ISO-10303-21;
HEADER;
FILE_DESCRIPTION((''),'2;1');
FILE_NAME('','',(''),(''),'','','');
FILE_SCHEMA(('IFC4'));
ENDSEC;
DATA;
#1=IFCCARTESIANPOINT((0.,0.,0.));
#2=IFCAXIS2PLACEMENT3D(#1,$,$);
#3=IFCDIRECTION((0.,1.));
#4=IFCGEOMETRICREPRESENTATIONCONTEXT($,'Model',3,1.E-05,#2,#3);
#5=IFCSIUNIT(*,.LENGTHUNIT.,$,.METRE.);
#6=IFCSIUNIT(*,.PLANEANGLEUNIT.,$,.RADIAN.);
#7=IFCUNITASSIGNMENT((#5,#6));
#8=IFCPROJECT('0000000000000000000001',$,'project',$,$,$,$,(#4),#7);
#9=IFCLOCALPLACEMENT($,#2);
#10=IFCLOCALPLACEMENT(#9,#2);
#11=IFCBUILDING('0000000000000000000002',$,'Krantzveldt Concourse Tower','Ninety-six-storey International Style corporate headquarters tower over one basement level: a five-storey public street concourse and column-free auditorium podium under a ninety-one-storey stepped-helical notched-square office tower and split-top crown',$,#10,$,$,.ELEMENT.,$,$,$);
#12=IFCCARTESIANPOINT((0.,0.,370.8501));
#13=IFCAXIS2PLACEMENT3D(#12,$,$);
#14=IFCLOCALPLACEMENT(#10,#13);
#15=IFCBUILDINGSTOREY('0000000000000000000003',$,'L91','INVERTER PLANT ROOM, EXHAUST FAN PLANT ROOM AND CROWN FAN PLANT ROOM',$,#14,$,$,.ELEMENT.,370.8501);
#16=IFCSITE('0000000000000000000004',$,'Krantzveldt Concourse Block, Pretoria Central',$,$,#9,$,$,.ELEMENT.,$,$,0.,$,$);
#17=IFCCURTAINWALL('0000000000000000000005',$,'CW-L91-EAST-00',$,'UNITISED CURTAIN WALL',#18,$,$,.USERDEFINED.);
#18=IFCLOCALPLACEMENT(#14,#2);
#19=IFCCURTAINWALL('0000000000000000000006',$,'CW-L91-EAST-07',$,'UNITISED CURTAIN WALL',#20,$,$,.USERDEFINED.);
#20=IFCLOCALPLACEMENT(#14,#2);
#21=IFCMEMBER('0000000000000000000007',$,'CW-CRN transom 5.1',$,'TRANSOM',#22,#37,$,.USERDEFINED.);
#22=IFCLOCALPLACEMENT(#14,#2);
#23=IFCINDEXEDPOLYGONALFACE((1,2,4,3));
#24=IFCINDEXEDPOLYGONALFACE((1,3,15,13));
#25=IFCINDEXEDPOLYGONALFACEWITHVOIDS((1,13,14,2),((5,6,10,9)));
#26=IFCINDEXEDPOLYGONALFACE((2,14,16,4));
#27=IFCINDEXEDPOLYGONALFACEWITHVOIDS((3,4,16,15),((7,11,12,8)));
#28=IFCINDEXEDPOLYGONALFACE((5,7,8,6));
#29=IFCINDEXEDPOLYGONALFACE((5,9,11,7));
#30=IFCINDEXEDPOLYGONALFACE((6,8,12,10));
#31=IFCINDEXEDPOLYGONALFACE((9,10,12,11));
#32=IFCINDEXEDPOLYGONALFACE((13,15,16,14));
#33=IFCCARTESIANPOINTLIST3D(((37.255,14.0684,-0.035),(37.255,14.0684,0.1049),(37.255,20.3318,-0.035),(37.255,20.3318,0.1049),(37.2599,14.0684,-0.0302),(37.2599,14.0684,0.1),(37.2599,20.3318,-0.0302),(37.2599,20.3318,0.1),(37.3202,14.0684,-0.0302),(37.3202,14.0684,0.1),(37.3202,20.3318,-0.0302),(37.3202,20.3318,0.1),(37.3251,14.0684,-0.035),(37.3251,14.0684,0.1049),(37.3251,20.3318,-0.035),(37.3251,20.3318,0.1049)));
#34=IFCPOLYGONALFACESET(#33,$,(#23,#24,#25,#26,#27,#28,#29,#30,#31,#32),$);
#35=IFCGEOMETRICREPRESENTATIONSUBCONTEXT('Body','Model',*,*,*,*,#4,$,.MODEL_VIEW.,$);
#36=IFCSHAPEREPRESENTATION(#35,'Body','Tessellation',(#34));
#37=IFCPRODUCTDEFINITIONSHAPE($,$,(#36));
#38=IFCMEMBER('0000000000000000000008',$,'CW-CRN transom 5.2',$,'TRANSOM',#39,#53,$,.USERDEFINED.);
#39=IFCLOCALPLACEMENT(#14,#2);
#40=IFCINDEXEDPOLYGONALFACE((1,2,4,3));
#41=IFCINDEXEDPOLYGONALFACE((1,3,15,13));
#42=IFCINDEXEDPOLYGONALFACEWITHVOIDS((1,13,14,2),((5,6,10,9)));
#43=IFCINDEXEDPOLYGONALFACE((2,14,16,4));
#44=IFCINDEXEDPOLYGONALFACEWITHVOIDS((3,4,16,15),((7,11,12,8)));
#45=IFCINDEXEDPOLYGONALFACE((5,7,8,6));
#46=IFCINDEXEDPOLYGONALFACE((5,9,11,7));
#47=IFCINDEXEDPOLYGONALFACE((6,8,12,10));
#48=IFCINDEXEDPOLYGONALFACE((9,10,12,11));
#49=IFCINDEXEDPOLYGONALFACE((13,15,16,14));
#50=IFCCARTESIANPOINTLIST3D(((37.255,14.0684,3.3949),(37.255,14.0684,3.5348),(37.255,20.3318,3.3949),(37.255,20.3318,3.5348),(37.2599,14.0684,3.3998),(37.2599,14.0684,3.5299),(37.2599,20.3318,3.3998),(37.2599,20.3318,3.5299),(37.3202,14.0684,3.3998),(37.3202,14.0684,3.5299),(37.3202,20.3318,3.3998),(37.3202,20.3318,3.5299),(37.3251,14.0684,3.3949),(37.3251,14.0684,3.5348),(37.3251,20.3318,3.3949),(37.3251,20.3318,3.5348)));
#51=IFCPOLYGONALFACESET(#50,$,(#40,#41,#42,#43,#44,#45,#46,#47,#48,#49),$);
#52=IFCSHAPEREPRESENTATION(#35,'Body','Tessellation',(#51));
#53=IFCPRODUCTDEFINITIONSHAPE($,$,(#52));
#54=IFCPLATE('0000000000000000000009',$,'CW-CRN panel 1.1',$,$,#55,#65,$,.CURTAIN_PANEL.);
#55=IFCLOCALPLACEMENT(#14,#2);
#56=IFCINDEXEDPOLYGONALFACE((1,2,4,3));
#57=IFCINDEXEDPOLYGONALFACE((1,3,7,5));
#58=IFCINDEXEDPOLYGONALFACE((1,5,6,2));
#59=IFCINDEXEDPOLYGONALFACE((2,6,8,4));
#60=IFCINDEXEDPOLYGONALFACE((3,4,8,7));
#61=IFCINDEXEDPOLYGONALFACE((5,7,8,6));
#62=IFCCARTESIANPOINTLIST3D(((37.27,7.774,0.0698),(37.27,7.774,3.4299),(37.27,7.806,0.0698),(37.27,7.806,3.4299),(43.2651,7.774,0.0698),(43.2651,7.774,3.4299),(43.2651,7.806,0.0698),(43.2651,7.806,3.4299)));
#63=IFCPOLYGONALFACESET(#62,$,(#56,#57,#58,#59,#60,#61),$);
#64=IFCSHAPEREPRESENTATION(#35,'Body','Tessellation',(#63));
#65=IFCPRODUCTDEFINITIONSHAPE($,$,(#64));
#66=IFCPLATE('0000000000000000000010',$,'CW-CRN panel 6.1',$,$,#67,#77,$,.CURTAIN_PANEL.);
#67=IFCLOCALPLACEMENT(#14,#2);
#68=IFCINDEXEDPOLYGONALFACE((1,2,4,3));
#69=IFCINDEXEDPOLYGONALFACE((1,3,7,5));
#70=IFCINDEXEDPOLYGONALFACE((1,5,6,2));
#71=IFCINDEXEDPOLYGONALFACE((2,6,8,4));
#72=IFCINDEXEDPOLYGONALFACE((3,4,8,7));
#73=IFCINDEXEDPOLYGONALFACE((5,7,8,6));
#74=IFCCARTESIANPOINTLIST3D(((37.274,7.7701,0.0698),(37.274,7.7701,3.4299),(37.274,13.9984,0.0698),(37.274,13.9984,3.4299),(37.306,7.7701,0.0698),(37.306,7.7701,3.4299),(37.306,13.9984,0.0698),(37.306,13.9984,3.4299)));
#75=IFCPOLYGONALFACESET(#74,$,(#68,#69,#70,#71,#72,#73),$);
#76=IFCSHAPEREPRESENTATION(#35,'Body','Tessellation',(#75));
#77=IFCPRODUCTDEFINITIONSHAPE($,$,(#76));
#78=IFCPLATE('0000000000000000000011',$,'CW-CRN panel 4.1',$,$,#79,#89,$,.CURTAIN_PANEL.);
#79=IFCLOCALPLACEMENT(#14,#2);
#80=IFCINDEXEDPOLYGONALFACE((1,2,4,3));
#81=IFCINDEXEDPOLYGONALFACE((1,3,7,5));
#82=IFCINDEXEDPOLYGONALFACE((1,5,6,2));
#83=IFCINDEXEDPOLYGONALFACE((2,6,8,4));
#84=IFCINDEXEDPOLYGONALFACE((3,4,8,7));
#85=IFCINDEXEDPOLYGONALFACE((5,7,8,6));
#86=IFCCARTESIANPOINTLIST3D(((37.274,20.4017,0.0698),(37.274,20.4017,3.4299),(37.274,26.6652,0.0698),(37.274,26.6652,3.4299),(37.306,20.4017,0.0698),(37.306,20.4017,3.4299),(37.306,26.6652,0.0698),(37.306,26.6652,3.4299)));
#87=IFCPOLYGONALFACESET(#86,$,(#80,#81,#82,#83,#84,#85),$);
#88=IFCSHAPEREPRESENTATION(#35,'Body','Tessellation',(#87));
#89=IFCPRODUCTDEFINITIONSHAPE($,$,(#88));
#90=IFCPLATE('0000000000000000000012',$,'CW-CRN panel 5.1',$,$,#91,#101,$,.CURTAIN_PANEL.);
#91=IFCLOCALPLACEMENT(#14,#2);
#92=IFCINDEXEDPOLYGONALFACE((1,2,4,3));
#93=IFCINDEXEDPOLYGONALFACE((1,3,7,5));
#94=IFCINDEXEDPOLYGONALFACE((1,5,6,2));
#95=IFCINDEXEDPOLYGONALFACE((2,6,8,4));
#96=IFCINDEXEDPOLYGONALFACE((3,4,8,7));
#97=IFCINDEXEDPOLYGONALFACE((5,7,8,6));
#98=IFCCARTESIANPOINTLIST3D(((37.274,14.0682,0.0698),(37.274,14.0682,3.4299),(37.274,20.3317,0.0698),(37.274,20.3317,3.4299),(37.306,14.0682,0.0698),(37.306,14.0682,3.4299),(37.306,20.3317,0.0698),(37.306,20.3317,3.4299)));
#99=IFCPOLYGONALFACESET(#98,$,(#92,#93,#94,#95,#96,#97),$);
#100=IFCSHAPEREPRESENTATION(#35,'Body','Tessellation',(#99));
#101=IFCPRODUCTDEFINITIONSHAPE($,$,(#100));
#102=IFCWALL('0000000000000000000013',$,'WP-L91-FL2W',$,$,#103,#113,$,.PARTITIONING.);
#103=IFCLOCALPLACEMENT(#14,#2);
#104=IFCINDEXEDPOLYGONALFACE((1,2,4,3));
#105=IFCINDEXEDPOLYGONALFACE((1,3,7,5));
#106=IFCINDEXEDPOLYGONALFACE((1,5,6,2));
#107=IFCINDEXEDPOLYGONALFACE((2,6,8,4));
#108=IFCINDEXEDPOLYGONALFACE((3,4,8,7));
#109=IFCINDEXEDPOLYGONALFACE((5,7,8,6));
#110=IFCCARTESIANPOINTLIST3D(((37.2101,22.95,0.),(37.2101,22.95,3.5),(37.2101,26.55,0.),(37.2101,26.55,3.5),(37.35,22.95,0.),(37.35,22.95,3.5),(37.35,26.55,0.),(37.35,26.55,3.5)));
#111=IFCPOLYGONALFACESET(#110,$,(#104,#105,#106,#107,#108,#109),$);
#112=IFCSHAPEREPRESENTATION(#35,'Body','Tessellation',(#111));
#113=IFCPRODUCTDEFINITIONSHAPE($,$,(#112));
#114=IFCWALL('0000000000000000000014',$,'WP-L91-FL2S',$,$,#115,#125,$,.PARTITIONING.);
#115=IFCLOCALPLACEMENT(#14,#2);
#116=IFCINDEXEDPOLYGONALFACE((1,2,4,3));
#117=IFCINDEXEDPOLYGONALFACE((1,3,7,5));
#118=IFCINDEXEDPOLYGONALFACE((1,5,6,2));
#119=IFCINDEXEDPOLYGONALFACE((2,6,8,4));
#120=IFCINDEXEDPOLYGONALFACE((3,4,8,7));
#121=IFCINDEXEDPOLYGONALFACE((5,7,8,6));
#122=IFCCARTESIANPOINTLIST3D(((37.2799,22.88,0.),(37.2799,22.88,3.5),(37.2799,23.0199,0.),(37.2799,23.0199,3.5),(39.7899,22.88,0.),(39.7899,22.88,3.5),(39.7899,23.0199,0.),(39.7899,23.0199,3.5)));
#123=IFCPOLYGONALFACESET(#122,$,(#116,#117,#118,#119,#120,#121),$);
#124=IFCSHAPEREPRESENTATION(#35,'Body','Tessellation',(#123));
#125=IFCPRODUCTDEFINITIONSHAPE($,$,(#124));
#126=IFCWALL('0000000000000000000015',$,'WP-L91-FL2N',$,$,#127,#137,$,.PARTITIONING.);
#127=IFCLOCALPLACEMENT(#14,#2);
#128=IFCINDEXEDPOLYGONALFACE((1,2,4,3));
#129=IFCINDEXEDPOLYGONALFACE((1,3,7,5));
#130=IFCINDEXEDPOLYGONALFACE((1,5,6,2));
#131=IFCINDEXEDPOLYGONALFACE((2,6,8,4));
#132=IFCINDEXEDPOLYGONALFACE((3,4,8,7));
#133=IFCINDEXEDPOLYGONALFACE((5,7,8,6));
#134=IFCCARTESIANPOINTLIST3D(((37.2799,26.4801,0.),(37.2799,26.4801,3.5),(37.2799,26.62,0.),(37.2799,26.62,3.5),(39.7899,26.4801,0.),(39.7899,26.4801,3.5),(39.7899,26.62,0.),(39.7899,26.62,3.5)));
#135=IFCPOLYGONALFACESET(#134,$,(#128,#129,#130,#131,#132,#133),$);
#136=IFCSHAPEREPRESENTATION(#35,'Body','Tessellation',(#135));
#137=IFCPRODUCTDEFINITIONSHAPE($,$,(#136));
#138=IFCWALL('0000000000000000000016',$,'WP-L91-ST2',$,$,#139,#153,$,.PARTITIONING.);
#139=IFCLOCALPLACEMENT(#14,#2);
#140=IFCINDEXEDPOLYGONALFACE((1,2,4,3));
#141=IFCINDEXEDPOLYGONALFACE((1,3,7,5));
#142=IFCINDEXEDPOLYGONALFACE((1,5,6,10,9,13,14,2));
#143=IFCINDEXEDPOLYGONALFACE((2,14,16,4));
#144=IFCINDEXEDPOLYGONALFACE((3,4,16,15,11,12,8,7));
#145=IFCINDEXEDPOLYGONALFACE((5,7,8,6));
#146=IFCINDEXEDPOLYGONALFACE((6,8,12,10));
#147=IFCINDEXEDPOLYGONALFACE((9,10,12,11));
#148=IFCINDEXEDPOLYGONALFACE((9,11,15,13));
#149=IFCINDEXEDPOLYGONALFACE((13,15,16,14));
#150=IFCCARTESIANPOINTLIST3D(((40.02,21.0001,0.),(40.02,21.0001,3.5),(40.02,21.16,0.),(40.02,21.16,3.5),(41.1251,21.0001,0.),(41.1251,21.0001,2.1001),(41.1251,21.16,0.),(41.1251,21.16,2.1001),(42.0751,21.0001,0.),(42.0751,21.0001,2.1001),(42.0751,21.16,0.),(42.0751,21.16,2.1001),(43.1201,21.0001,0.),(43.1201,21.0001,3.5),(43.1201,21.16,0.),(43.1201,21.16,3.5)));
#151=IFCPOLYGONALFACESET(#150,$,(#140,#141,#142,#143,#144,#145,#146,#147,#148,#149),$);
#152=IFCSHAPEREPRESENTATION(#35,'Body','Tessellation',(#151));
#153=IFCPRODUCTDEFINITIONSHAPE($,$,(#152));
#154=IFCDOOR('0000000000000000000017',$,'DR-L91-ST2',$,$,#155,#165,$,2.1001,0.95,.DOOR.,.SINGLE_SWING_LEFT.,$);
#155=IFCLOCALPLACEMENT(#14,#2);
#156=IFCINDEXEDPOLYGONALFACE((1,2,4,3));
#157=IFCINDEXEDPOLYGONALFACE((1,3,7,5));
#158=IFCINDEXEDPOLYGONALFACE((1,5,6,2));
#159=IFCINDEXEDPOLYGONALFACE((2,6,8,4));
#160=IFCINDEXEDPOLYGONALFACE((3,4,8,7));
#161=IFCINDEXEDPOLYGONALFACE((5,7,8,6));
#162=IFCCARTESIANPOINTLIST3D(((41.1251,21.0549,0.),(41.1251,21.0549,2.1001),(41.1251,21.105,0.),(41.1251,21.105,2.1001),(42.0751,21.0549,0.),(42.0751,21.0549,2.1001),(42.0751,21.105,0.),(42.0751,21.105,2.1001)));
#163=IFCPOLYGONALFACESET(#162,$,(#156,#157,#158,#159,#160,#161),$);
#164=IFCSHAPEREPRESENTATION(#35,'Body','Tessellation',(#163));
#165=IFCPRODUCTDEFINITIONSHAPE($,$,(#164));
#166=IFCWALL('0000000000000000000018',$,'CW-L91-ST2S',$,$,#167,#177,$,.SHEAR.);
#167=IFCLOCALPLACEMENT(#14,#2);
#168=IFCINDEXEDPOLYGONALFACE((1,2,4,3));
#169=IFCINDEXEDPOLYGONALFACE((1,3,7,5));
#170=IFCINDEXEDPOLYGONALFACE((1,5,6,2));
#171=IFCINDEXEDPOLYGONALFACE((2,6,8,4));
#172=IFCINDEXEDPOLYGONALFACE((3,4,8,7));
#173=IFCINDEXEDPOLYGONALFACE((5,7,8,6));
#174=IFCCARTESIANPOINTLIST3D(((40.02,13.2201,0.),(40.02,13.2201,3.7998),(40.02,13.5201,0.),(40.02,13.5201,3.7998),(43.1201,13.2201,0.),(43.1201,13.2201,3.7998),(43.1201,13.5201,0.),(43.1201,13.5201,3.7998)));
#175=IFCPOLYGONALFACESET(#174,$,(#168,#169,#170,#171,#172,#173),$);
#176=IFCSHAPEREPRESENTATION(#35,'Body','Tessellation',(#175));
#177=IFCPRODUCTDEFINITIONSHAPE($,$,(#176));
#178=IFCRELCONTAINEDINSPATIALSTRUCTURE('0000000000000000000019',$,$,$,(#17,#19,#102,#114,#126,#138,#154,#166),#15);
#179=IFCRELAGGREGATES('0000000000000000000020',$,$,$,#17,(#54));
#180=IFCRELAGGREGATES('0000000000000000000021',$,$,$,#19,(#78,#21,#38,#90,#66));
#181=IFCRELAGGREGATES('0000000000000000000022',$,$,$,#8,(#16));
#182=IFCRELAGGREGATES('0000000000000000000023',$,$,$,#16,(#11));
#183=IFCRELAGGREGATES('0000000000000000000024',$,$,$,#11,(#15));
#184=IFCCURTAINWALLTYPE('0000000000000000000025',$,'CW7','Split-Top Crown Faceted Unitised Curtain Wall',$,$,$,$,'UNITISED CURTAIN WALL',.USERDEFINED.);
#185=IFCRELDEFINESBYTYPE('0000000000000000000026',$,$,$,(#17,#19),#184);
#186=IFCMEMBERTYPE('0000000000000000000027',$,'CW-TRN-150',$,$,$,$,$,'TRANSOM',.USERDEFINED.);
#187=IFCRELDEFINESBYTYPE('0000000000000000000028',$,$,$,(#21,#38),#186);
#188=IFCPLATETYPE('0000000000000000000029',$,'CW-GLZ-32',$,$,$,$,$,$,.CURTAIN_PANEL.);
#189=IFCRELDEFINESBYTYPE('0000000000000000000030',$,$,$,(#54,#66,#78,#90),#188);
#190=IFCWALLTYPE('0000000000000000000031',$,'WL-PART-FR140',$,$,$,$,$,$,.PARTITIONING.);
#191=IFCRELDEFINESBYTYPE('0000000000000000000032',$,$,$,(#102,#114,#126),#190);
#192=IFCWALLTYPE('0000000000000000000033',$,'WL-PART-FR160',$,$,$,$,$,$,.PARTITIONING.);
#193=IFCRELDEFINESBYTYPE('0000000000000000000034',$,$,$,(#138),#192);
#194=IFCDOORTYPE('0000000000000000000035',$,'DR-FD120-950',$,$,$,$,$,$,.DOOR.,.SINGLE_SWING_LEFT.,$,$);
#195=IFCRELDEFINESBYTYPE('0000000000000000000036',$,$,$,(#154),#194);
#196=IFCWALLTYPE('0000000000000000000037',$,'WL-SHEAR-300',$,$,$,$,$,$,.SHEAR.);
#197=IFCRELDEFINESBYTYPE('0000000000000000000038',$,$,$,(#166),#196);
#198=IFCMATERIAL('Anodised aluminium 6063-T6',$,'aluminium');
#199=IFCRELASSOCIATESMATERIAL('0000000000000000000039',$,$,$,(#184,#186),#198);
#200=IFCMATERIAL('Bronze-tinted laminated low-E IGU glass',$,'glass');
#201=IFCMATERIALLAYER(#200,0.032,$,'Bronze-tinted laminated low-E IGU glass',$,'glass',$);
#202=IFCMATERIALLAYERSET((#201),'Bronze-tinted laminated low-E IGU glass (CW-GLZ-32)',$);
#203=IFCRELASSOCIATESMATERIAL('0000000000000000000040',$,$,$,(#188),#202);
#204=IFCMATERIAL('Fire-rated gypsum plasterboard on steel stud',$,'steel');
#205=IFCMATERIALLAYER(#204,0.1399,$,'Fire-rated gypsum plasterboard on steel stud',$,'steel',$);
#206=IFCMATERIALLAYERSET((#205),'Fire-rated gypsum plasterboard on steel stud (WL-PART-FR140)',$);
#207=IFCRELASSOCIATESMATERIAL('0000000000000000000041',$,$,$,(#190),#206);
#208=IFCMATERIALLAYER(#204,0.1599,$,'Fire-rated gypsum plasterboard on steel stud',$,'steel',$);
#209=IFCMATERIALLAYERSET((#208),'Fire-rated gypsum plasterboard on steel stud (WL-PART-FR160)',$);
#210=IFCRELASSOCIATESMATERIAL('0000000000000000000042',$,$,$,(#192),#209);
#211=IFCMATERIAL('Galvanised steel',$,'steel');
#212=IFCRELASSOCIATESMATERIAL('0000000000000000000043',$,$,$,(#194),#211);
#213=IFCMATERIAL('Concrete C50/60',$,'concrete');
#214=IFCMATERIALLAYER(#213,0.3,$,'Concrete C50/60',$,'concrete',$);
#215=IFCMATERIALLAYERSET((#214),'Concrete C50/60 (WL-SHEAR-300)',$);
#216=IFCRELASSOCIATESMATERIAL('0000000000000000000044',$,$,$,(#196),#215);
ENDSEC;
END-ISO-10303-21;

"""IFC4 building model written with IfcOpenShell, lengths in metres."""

from ifc_helpers import new_model, si_unit, direction, frame, frame_2d, origin, origin_2d, place, context, subcontext, project, spatial, rectangle, hollow_rectangle, extrude, source, transform, mapped, material, layer, layer_set, material_profile, profile_set, type_object, type_shapes, element, fill, aggregate, save


model = new_model("IFC4")

# Units and contexts
model_context = context("Model", 3, precision=1e-05, world=origin(), true_north=direction((0.0, 1.0)))
body_context = subcontext(model_context, "Body", "Model", "MODEL_VIEW")
ifc_project = project(units=[si_unit("LENGTHUNIT", "METRE"), si_unit("PLANEANGLEUNIT", "RADIAN")], contexts=[model_context])

# Site, building, storey
site_placement = place(None, origin())
site = spatial("IfcSite", under=ifc_project, at=site_placement, Name="Krantzveldt Concourse Block, Pretoria Central", CompositionType="ELEMENT", RefElevation=0.0)
building_placement = place(site_placement, origin())
building = spatial("IfcBuilding", under=site, at=building_placement, Name="Krantzveldt Concourse Tower", Description="Ninety-six-storey International Style corporate headquarters tower over one basement level: a five-storey public street concourse and column-free auditorium podium under a ninety-one-storey stepped-helical notched-square office tower and split-top crown", CompositionType="ELEMENT")
storey_placement = place(building_placement, frame((0.0, 0.0, 370.8501)))
storey = spatial("IfcBuildingStorey", under=building, at=storey_placement, Name="L91", Description="INVERTER PLANT ROOM, EXHAUST FAN PLANT ROOM AND CROWN FAN PLANT ROOM", CompositionType="ELEMENT", Elevation=370.8501)

# Curtain wall
ifc_material_1 = material(Name="Anodised aluminium 6063-T6", Category="aluminium")
curtain_wall_type = type_object("IfcCurtainWallType", Name="CW7", Description="Split-Top Crown Faceted Unitised Curtain Wall", ElementType="UNITISED CURTAIN WALL", PredefinedType="USERDEFINED", material=ifc_material_1)
curtain_wall_1_placement = place(storey_placement, origin())
curtain_wall_1 = element("IfcCurtainWall", 1, at=curtain_wall_1_placement, inside=storey, type_object=curtain_wall_type, Name="CW-L91-EAST-00", ObjectType="UNITISED CURTAIN WALL", PredefinedType="USERDEFINED")

# Curtain wall
curtain_wall_2_placement = place(storey_placement, origin())
curtain_wall_2 = element("IfcCurtainWall", 2, at=curtain_wall_2_placement, inside=storey, type_object=curtain_wall_type, Name="CW-L91-EAST-07", ObjectType="UNITISED CURTAIN WALL", PredefinedType="USERDEFINED")

# Members
ifc_material_profile_1 = material_profile(ifc_material_1, hollow_rectangle(XDim=0.0701, YDim=0.1399, WallThickness=0.0049, at=origin_2d()), Name="Anodised aluminium 6063-T6", Category="aluminium")
ifc_profile_set_1 = profile_set([ifc_material_profile_1], Name="Anodised aluminium 6063-T6 - ALU-TRAN 140x70x5")
member_type_1 = type_object("IfcMemberType", Name="CW-TRN-150", ElementType="TRANSOM", PredefinedType="USERDEFINED", material=ifc_profile_set_1)
shared_shape_1 = source(origin(), body_context, "Body", "SweptSolid", [
    extrude(hollow_rectangle(XDim=0.0701, YDim=0.1399, WallThickness=0.0049, at=origin_2d()), origin(), (0.0, 0.0, 1.0), 6.2634),
])
member_1_placement = place(storey_placement, frame((37.29, 20.3318, 0.0349), z_axis=(0.0, -1.0, 0.0), x_axis=(1.0, 0.0, 0.0)))
member_1 = element("IfcMember", 3, at=member_1_placement, type_object=member_type_1, Name="CW-CRN transom 5.1", ObjectType="TRANSOM", PredefinedType="USERDEFINED", context=body_context, shape_type="MappedRepresentation", body=[
    mapped(shared_shape_1, transform((0.0, 0.0, 0.0), x_axis=(1.0, 0.0, 0.0), y_axis=(0.0, 1.0, 0.0), z_axis=(0.0, 0.0, 1.0), scale=1.0)),
])
member_2_placement = place(storey_placement, frame((37.29, 20.3318, 3.4648), z_axis=(0.0, -1.0, 0.0), x_axis=(1.0, 0.0, 0.0)))
member_2 = element("IfcMember", 4, at=member_2_placement, type_object=member_type_1, Name="CW-CRN transom 5.2", ObjectType="TRANSOM", PredefinedType="USERDEFINED", context=body_context, shape_type="MappedRepresentation", body=[
    mapped(shared_shape_1, transform((0.0, 0.0, 0.0), x_axis=(1.0, 0.0, 0.0), y_axis=(0.0, 1.0, 0.0), z_axis=(0.0, 0.0, 1.0), scale=1.0)),
])

# Plates
ifc_material_2 = material(Name="Bronze-tinted laminated low-E IGU glass", Category="glass")
ifc_layer_1 = layer(ifc_material_2, 0.032, Name="Bronze-tinted laminated low-E IGU glass", Category="glass")
ifc_layer_set_1 = layer_set([ifc_layer_1], Name="Bronze-tinted laminated low-E IGU glass (CW-GLZ-32)")
plate_type = type_object("IfcPlateType", Name="CW-GLZ-32", PredefinedType="CURTAIN_PANEL", material=ifc_layer_set_1)
shared_shape_2 = source(origin(), body_context, "Body", "SweptSolid", [
    extrude(rectangle(XDim=5.9951, YDim=0.032, at=origin_2d()), origin(), (0.0, 0.0, 1.0), 3.3601),
])
plate_1_placement = place(storey_placement, frame((40.2676, 7.79, 0.0698), z_axis=(0.0, 0.0, 1.0), x_axis=(1.0, 0.0, 0.0)))
plate_1 = element("IfcPlate", 5, at=plate_1_placement, type_object=plate_type, Name="CW-CRN panel 1.1", PredefinedType="CURTAIN_PANEL", context=body_context, shape_type="MappedRepresentation", body=[
    mapped(shared_shape_2, transform((0.0, 0.0, 0.0), x_axis=(1.0, 0.0, 0.0), y_axis=(0.0, 1.0, 0.0), z_axis=(0.0, 0.0, 1.0), scale=1.0)),
])
aggregate(curtain_wall_1, [plate_1])
shared_shape_3 = source(origin(), body_context, "Body", "SweptSolid", [
    extrude(rectangle(XDim=6.2283, YDim=0.032, at=origin_2d()), origin(), (0.0, 0.0, 1.0), 3.3601),
])
plate_2_placement = place(storey_placement, frame((37.29, 10.8843, 0.0698), z_axis=(0.0, 0.0, 1.0), x_axis=(0.0, -1.0, 0.0)))
plate_2 = element("IfcPlate", 6, at=plate_2_placement, type_object=plate_type, Name="CW-CRN panel 6.1", PredefinedType="CURTAIN_PANEL", context=body_context, shape_type="MappedRepresentation", body=[
    mapped(shared_shape_3, transform((0.0, 0.0, 0.0), x_axis=(1.0, 0.0, 0.0), y_axis=(0.0, 1.0, 0.0), z_axis=(0.0, 0.0, 1.0), scale=1.0)),
])
shared_shape_4 = source(origin(), body_context, "Body", "SweptSolid", [
    extrude(rectangle(XDim=6.2634, YDim=0.032, at=origin_2d()), origin(), (0.0, 0.0, 1.0), 3.3601),
])
type_shapes(plate_type, [shared_shape_2, shared_shape_3, shared_shape_4])
plate_3_placement = place(storey_placement, frame((37.29, 23.5334, 0.0698), z_axis=(0.0, 0.0, 1.0), x_axis=(0.0, -1.0, 0.0)))
plate_3 = element("IfcPlate", 7, at=plate_3_placement, type_object=plate_type, Name="CW-CRN panel 4.1", PredefinedType="CURTAIN_PANEL", context=body_context, shape_type="MappedRepresentation", body=[
    mapped(shared_shape_4, transform((0.0, 0.0, 0.0), x_axis=(1.0, 0.0, 0.0), y_axis=(0.0, 1.0, 0.0), z_axis=(0.0, 0.0, 1.0), scale=1.0)),
])
plate_4_placement = place(storey_placement, frame((37.29, 17.2, 0.0698), z_axis=(0.0, 0.0, 1.0), x_axis=(0.0, -1.0, 0.0)))
plate_4 = element("IfcPlate", 8, at=plate_4_placement, type_object=plate_type, Name="CW-CRN panel 5.1", PredefinedType="CURTAIN_PANEL", context=body_context, shape_type="MappedRepresentation", body=[
    mapped(shared_shape_4, transform((0.0, 0.0, 0.0), x_axis=(1.0, 0.0, 0.0), y_axis=(0.0, 1.0, 0.0), z_axis=(0.0, 0.0, 1.0), scale=1.0)),
])
aggregate(curtain_wall_2, [plate_3, member_1, member_2, plate_4, plate_2])

# Walls
ifc_material_3 = material(Name="Fire-rated gypsum plasterboard on steel stud", Category="steel")
ifc_layer_2 = layer(ifc_material_3, 0.1399, Name="Fire-rated gypsum plasterboard on steel stud", Category="steel")
ifc_layer_set_2 = layer_set([ifc_layer_2], Name="Fire-rated gypsum plasterboard on steel stud (WL-PART-FR140)")
wall_type_1 = type_object("IfcWallType", Name="WL-PART-FR140", PredefinedType="PARTITIONING", material=ifc_layer_set_2)
wall_1_placement = place(storey_placement, frame((37.28, 22.95, 0.0), z_axis=(0.0, 0.0, 1.0), x_axis=(0.0, 1.0, 0.0)))
element("IfcWall", 9, at=wall_1_placement, inside=storey, type_object=wall_type_1, Name="WP-L91-FL2W", PredefinedType="PARTITIONING", context=body_context, shape_type="SweptSolid", body=[
    extrude(rectangle(XDim=3.6001, YDim=0.1399, at=frame_2d((1.8, 0.0))), origin(), (0.0, 0.0, 1.0), 3.5),
])
for number, where, z_axis, x_axis, name in (
    (10, (37.28, 22.95, 0.0), (0.0, 0.0, 1.0), (1.0, 0.0, 0.0), "WP-L91-FL2S"),
    (11, (37.28, 26.55, 0.0), (0.0, 0.0, 1.0), (1.0, 0.0, 0.0), "WP-L91-FL2N"),
):
    element("IfcWall", number, at=place(storey_placement, frame(where, z_axis=z_axis, x_axis=x_axis)), inside=storey, type_object=wall_type_1, Name=name, PredefinedType="PARTITIONING", context=body_context, shape_type="SweptSolid", body=[
        extrude(rectangle(XDim=2.51, YDim=0.1399, at=frame_2d((1.2549, 0.0))), origin(), (0.0, 0.0, 1.0), 3.5),
    ])

# Wall, opening, door
ifc_layer_3 = layer(ifc_material_3, 0.1599, Name="Fire-rated gypsum plasterboard on steel stud", Category="steel")
ifc_layer_set_3 = layer_set([ifc_layer_3], Name="Fire-rated gypsum plasterboard on steel stud (WL-PART-FR160)")
wall_type_2 = type_object("IfcWallType", Name="WL-PART-FR160", PredefinedType="PARTITIONING", material=ifc_layer_set_3)
wall_2_placement = place(storey_placement, frame((40.02, 21.0801, 0.0), z_axis=(0.0, 0.0, 1.0), x_axis=(1.0, 0.0, 0.0)))
wall_2 = element("IfcWall", 12, at=wall_2_placement, inside=storey, type_object=wall_type_2, Name="WP-L91-ST2", PredefinedType="PARTITIONING", context=body_context, shape_type="SweptSolid", body=[
    extrude(rectangle(XDim=3.1001, YDim=0.1599, at=frame_2d((1.55, 0.0))), origin(), (0.0, 0.0, 1.0), 3.5),
])
opening_1_placement = place(wall_2_placement, frame((1.105, 0.0, 0.0)))
opening_1 = element("IfcOpeningElement", 13, at=opening_1_placement, cuts=wall_2, PredefinedType="OPENING", context=body_context, shape_type="SweptSolid", body=[
    extrude(rectangle(XDim=0.95, YDim=2.1001, at=frame_2d((0.4751, 1.05))), frame((0.0, 0.0898, 0.0), z_axis=(0.0, -1.0, 0.0), x_axis=(1.0, 0.0, 0.0)), (0.0, 0.0, 1.0), 0.1799),
])
ifc_material_4 = material(Name="Galvanised steel", Category="steel")
door_type_1 = type_object("IfcDoorType", Name="DR-FD120-950", OperationType="SINGLE_SWING_LEFT", PredefinedType="DOOR", material=ifc_material_4)
door_1_placement = place(opening_1_placement, origin())
door_1 = element("IfcDoor", 14, at=door_1_placement, inside=storey, type_object=door_type_1, Name="DR-L91-ST2", OperationType="SINGLE_SWING_LEFT", OverallHeight=2.1001, OverallWidth=0.95, PredefinedType="DOOR", context=body_context, shape_type="SweptSolid", body=[
    extrude(rectangle(XDim=0.95, YDim=2.1001, at=frame_2d((0.4751, 1.05))), frame((0.0, 0.0249, 0.0), z_axis=(0.0, -1.0, 0.0), x_axis=(1.0, 0.0, 0.0)), (0.0, 0.0, 1.0), 0.05),
])
fill(opening_1, door_1)

# Wall
ifc_material_5 = material(Name="Concrete C50/60", Category="concrete")
ifc_layer_4 = layer(ifc_material_5, 0.3, Name="Concrete C50/60", Category="concrete")
ifc_layer_set_4 = layer_set([ifc_layer_4], Name="Concrete C50/60 (WL-SHEAR-300)")
wall_type_3 = type_object("IfcWallType", Name="WL-SHEAR-300", PredefinedType="SHEAR", material=ifc_layer_set_4)
wall_3_placement = place(storey_placement, frame((40.02, 13.3701, 0.0), z_axis=(0.0, 0.0, 1.0), x_axis=(1.0, 0.0, 0.0)))
element("IfcWall", 15, at=wall_3_placement, inside=storey, type_object=wall_type_3, Name="CW-L91-ST2S", PredefinedType="SHEAR", context=body_context, shape_type="SweptSolid", body=[
    extrude(rectangle(XDim=3.1001, YDim=0.3, at=frame_2d((1.55, 0.0))), origin(), (0.0, 0.0, 1.0), 3.7998),
])

save(model, "model.ifc")
